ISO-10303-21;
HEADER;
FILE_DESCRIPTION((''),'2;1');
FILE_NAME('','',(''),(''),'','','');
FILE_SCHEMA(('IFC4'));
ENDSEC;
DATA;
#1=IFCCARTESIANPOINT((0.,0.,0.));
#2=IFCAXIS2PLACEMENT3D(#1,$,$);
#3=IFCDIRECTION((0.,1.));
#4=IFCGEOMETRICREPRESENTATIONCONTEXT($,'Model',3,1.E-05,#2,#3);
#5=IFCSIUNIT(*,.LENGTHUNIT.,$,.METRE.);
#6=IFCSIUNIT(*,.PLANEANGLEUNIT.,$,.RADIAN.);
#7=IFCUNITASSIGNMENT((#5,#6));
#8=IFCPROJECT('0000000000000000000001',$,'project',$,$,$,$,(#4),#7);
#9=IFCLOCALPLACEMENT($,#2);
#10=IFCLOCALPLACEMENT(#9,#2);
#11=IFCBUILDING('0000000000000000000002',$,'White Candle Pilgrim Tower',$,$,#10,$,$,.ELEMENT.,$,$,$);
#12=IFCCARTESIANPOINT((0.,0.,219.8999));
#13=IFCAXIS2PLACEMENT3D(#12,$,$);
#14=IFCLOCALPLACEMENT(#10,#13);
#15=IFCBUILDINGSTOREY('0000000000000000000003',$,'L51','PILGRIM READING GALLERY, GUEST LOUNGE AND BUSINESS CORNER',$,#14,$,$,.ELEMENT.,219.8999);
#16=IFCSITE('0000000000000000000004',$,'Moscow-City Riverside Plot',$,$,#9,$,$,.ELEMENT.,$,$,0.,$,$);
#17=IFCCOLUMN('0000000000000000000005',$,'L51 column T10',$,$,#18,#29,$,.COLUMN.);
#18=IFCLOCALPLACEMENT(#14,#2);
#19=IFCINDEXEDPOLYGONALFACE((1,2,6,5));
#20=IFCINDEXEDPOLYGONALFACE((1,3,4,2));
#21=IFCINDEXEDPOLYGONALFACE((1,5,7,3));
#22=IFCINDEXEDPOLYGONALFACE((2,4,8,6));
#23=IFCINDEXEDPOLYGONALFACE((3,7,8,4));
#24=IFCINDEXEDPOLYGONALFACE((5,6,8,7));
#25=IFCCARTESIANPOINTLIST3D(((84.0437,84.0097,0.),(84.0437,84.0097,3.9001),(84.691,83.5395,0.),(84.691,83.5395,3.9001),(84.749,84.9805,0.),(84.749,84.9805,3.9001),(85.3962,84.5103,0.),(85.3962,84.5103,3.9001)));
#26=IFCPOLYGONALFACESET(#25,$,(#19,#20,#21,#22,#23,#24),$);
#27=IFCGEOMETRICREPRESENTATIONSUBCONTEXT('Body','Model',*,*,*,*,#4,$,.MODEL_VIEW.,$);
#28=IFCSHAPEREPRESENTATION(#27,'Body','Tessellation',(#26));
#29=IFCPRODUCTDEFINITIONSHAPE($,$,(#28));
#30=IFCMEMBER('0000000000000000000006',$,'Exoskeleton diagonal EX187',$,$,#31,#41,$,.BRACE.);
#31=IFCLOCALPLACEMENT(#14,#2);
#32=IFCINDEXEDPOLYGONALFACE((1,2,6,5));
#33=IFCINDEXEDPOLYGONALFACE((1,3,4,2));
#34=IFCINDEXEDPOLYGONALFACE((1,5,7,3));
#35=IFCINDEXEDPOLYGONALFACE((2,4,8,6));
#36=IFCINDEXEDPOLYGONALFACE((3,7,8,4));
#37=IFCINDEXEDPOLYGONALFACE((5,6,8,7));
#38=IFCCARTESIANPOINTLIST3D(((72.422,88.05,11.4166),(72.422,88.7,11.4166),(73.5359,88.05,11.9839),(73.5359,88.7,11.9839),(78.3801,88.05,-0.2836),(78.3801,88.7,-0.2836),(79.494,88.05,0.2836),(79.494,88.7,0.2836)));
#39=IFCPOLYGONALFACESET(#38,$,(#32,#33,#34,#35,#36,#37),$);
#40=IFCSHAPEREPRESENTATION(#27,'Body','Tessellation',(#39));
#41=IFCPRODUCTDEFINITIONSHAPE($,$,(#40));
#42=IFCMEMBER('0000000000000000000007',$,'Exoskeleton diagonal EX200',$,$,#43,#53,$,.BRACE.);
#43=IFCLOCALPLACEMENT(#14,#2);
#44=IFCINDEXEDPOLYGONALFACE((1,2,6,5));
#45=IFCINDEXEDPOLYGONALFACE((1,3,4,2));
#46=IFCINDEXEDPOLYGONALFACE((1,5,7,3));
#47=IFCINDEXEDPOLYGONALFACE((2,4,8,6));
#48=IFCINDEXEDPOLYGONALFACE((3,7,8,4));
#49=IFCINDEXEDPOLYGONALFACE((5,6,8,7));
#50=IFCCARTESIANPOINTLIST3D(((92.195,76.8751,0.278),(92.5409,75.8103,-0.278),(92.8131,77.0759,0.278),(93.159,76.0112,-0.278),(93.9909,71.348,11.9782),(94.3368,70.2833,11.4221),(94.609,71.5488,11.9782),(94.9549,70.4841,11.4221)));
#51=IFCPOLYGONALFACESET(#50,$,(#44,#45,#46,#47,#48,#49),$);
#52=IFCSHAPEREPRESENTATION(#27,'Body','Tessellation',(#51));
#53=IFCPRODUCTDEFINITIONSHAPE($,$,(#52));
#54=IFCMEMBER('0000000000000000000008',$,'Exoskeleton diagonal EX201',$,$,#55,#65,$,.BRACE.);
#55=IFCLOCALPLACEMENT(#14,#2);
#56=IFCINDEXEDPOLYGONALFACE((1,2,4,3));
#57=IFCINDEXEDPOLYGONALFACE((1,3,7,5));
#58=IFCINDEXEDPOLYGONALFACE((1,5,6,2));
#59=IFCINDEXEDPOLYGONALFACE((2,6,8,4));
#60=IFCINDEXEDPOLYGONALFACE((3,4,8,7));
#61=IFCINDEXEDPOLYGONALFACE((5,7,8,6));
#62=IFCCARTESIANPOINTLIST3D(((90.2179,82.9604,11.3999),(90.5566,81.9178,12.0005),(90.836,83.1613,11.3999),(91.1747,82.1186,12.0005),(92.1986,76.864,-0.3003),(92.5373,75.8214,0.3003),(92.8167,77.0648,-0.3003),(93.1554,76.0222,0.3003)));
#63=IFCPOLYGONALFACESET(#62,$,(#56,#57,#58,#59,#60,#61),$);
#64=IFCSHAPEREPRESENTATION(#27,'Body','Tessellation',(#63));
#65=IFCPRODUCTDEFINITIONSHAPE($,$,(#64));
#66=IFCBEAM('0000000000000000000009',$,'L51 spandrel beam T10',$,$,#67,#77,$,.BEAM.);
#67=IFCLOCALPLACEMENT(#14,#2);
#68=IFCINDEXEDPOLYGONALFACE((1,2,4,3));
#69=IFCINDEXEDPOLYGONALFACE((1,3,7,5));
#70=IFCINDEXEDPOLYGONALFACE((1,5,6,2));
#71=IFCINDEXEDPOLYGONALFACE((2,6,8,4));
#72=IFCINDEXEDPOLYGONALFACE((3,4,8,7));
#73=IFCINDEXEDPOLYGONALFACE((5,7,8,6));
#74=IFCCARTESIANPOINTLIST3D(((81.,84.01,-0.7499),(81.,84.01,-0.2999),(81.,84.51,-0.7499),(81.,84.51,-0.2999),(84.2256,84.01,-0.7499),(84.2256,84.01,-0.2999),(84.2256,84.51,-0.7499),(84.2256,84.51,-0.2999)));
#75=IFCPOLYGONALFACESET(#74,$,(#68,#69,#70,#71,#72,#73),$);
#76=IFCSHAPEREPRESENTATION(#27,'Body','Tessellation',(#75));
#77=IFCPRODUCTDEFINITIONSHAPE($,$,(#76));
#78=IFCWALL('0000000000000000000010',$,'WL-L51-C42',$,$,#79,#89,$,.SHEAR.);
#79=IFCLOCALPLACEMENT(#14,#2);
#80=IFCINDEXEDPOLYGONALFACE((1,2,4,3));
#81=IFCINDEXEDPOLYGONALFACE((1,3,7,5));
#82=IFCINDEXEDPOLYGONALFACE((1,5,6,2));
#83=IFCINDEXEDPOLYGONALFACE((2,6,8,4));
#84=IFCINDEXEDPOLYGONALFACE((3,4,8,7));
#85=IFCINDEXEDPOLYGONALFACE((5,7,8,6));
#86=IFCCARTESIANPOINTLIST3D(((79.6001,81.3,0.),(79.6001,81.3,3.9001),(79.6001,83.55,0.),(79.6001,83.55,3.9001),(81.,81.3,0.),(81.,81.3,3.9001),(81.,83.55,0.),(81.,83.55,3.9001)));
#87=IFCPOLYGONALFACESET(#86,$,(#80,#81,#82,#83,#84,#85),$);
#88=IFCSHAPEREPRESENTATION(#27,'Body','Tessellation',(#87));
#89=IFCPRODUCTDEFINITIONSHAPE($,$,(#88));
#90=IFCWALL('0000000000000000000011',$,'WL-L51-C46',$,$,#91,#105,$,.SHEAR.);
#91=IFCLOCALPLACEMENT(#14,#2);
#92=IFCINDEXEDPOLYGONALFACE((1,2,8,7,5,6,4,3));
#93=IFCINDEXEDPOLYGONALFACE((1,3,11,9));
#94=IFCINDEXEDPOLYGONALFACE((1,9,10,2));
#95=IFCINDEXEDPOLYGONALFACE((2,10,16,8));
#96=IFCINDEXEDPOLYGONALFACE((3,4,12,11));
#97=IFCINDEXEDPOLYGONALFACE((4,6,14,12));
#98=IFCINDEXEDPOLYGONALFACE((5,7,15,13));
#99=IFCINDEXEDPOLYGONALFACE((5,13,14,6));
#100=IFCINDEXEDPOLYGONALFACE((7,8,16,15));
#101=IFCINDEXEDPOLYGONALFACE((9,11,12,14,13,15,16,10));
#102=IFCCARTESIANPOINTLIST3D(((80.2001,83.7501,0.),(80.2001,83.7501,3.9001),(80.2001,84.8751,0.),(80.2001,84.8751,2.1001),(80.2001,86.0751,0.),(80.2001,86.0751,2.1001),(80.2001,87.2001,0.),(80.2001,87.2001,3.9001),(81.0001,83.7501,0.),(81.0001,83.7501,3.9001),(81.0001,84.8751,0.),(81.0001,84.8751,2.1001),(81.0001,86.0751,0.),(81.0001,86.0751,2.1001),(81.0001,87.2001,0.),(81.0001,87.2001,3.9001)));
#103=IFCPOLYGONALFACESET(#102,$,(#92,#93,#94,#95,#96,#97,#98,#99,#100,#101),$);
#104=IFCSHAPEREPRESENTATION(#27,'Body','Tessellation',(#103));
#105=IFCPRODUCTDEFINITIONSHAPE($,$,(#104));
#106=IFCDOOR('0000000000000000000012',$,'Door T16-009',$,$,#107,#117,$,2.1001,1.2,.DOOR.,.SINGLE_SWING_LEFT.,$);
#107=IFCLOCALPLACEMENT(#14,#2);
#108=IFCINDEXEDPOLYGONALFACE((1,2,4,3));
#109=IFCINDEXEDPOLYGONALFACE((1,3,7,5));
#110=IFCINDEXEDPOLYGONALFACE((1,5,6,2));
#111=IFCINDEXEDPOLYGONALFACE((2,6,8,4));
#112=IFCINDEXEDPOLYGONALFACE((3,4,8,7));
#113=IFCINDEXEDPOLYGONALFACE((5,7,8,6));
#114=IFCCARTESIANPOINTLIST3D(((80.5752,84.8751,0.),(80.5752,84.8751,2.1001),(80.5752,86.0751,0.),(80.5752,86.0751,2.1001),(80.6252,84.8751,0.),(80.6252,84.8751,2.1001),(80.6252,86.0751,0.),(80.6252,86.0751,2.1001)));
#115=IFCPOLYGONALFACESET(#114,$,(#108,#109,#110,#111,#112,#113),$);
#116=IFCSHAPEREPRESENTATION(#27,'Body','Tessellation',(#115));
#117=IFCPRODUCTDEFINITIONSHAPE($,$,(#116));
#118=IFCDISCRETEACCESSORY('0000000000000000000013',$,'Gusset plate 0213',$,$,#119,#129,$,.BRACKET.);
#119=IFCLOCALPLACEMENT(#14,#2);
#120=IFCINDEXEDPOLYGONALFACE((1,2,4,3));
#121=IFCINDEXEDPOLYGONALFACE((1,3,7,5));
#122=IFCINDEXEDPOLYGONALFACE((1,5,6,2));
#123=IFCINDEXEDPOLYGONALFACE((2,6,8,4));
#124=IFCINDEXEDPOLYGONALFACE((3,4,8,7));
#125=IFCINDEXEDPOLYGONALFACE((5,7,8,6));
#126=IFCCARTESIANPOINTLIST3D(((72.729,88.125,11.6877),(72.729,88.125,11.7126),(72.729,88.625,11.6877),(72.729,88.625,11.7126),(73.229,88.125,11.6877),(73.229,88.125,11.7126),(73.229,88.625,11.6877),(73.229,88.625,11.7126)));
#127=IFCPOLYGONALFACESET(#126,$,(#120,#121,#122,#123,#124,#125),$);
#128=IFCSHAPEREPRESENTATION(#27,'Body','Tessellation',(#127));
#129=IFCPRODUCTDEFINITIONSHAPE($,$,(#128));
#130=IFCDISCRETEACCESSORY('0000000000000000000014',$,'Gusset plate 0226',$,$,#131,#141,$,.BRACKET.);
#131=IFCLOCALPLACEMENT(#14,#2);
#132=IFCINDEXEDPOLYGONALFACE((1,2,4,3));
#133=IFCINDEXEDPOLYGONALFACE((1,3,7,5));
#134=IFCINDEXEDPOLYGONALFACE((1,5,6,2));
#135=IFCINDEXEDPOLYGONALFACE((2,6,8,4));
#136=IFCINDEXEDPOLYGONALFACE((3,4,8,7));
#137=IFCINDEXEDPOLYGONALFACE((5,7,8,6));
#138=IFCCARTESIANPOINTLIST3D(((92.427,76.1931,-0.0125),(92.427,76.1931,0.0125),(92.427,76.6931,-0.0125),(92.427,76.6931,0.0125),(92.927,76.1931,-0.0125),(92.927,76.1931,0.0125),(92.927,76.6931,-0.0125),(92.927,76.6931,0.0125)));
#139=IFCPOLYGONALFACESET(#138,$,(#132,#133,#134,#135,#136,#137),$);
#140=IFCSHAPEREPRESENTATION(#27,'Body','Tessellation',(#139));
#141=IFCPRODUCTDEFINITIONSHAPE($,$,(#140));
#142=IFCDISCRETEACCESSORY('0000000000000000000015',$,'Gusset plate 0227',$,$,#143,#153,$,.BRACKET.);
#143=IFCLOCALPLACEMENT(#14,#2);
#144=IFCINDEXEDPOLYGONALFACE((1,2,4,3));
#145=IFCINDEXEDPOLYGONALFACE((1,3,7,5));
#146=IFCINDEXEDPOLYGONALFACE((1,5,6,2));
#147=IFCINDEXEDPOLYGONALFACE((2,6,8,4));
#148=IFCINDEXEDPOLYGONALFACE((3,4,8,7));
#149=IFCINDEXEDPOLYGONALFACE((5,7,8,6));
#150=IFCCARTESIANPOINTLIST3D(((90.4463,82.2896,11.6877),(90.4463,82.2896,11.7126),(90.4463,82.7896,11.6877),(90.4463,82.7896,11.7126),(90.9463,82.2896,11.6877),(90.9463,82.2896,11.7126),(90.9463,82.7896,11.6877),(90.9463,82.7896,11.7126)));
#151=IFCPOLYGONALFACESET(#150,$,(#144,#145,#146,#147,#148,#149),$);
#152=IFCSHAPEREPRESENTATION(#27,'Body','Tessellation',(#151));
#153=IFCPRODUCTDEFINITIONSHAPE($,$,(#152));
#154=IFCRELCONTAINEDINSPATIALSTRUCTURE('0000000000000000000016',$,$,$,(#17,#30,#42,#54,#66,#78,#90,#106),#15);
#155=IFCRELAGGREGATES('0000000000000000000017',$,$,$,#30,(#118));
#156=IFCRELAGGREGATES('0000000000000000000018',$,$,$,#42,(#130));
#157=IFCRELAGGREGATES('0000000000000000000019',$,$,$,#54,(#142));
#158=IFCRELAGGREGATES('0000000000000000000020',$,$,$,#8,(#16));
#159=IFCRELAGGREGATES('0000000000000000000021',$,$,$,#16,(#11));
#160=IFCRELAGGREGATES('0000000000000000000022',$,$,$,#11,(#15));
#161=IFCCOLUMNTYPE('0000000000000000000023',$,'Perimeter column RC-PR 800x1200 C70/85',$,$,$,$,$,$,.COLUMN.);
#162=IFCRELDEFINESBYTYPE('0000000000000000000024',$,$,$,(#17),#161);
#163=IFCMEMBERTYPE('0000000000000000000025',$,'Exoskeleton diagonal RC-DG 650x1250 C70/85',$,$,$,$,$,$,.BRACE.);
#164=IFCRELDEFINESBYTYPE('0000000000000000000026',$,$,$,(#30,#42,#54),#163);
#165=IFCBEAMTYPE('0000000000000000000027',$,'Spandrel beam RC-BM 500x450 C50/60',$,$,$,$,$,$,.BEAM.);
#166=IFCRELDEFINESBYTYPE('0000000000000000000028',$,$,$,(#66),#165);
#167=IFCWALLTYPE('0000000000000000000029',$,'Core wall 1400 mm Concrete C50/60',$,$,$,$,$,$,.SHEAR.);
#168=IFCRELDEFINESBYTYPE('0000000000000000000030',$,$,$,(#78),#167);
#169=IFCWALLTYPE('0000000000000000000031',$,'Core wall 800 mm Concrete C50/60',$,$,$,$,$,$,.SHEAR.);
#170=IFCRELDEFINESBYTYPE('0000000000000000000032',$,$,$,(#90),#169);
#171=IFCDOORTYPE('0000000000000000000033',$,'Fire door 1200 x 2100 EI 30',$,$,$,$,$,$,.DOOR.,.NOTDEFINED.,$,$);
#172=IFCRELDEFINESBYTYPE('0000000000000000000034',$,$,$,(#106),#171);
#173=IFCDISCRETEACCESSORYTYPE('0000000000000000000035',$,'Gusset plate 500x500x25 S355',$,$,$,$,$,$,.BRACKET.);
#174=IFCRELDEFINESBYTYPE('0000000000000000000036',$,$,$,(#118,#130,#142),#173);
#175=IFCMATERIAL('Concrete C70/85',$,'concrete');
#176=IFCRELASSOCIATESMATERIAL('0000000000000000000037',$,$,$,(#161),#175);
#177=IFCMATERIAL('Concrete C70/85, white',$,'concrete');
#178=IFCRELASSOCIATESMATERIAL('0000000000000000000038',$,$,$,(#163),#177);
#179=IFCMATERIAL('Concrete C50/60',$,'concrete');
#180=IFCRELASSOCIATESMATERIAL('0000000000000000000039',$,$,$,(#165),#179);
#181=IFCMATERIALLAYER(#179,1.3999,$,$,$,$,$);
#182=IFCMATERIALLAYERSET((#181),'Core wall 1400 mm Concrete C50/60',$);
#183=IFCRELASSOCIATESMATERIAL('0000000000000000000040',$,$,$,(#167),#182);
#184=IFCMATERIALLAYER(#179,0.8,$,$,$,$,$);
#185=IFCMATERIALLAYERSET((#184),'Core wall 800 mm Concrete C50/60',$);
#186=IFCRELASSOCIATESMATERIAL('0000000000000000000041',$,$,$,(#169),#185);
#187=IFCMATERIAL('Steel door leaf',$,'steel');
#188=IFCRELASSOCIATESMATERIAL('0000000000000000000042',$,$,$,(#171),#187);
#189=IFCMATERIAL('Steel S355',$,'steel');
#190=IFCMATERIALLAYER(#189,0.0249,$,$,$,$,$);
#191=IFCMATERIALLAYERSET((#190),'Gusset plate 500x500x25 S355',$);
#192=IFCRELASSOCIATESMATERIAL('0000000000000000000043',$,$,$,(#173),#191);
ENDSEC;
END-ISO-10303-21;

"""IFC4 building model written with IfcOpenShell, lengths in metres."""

from ifc_helpers import new_model, si_unit, direction, frame, frame_2d, origin, origin_2d, place, context, subcontext, project, spatial, rectangle, extrude, material, layer, layer_set, material_profile, profile_set, type_object, element, fill, aggregate, save


model = new_model("IFC4")

# Units and contexts
model_context = context("Model", 3, precision=1e-05, world=origin(), true_north=direction((0.0, 1.0)))
body_context = subcontext(model_context, "Body", "Model", "MODEL_VIEW")
ifc_project = project(units=[si_unit("LENGTHUNIT", "METRE"), si_unit("PLANEANGLEUNIT", "RADIAN")], contexts=[model_context])

# Site, building, storey
site_placement = place(None, origin())
site = spatial("IfcSite", under=ifc_project, at=site_placement, Name="Moscow-City Riverside Plot", CompositionType="ELEMENT", RefElevation=0.0)
building_placement = place(site_placement, origin())
building = spatial("IfcBuilding", under=site, at=building_placement, Name="White Candle Pilgrim Tower", CompositionType="ELEMENT")
storey_placement = place(building_placement, frame((0.0, 0.0, 219.8999)))
storey = spatial("IfcBuildingStorey", under=building, at=storey_placement, Name="L51", Description="PILGRIM READING GALLERY, GUEST LOUNGE AND BUSINESS CORNER", CompositionType="ELEMENT", Elevation=219.8999)

# Column
ifc_material_1 = material(Name="Concrete C70/85", Category="concrete")
ifc_material_profile_1 = material_profile(ifc_material_1, rectangle(XDim=0.8, YDim=1.2, at=origin_2d()), Name="RC-PR 800x1200")
ifc_profile_set_1 = profile_set([ifc_material_profile_1], Name="Concrete C70/85")
column_type = type_object("IfcColumnType", Name="Perimeter column RC-PR 800x1200 C70/85", PredefinedType="COLUMN", material=ifc_profile_set_1)
column_placement = place(storey_placement, frame((84.72, 84.26, 0.0), z_axis=(0.0, 0.0, 1.0), x_axis=(0.809027, -0.587771, 0.0)))
element("IfcColumn", 1, at=column_placement, inside=storey, type_object=column_type, Name="L51 column T10", PredefinedType="COLUMN", context=body_context, shape_type="SweptSolid", body=[
    extrude(rectangle(XDim=0.8, YDim=1.2, at=origin_2d()), origin(), (0.0, 0.0, 1.0), 3.9001),
])

# Members
ifc_material_2 = material(Name="Concrete C70/85, white", Category="concrete")
ifc_material_profile_2 = material_profile(ifc_material_2, rectangle(XDim=0.6499, YDim=1.25, at=origin_2d()), Name="RC-DG 650x1250")
ifc_profile_set_2 = profile_set([ifc_material_profile_2], Name="Concrete C70/85, white")
member_type = type_object("IfcMemberType", Name="Exoskeleton diagonal RC-DG 650x1250 C70/85", PredefinedType="BRACE", material=ifc_profile_set_2)
member_1_placement = place(storey_placement, frame((78.937, 88.375, 0.0), z_axis=(-0.453776, 0.0, 0.891116), x_axis=(0.0, -1.0, 0.0)))
member_1 = element("IfcMember", 2, at=member_1_placement, inside=storey, type_object=member_type, Name="Exoskeleton diagonal EX187", PredefinedType="BRACE", context=body_context, shape_type="SweptSolid", body=[
    extrude(rectangle(XDim=0.6499, YDim=1.25, at=origin_2d()), origin(), (0.0, 0.0, 1.0), 13.1299),
])
member_2_placement = place(storey_placement, frame((92.677, 76.4431, 0.0), z_axis=(0.137469, -0.423078, 0.895604), x_axis=(0.951055, 0.309022, 0.0)))
member_2 = element("IfcMember", 3, at=member_2_placement, inside=storey, type_object=member_type, Name="Exoskeleton diagonal EX200", PredefinedType="BRACE", context=body_context, shape_type="SweptSolid", body=[
    extrude(rectangle(XDim=0.6499, YDim=1.25, at=origin_2d()), origin(), (0.0, 0.0, 1.0), 13.064),
])
member_3_placement = place(storey_placement, frame((92.677, 76.4431, 0.0), z_axis=(-0.148467, 0.456967, 0.877005), x_axis=(-0.951063, -0.308997, 0.0)))
member_3 = element("IfcMember", 4, at=member_3_placement, inside=storey, type_object=member_type, Name="Exoskeleton diagonal EX201", PredefinedType="BRACE", context=body_context, shape_type="SweptSolid", body=[
    extrude(rectangle(XDim=0.6499, YDim=1.25, at=origin_2d()), origin(), (0.0, 0.0, 1.0), 13.3411),
])

# Beam
ifc_material_3 = material(Name="Concrete C50/60", Category="concrete")
ifc_material_profile_3 = material_profile(ifc_material_3, rectangle(XDim=0.5, YDim=0.45, at=origin_2d()), Name="RC-BM 500x450")
ifc_profile_set_3 = profile_set([ifc_material_profile_3], Name="Concrete C50/60")
beam_type = type_object("IfcBeamType", Name="Spandrel beam RC-BM 500x450 C50/60", PredefinedType="BEAM", material=ifc_profile_set_3)
beam_placement = place(storey_placement, frame((84.2256, 84.26, -0.5249), z_axis=(-1.0, 0.0, 0.0), x_axis=(0.0, -1.0, 0.0)))
element("IfcBeam", 5, at=beam_placement, inside=storey, type_object=beam_type, Name="L51 spandrel beam T10", PredefinedType="BEAM", context=body_context, shape_type="SweptSolid", body=[
    extrude(rectangle(XDim=0.5, YDim=0.45, at=origin_2d()), origin(), (0.0, 0.0, 1.0), 3.2256),
])

# Wall
ifc_layer_1 = layer(ifc_material_3, 1.3999)
ifc_layer_set_1 = layer_set([ifc_layer_1], Name="Core wall 1400 mm Concrete C50/60")
wall_type_1 = type_object("IfcWallType", Name="Core wall 1400 mm Concrete C50/60", PredefinedType="SHEAR", material=ifc_layer_set_1)
wall_1_placement = place(storey_placement, frame((80.3, 81.3, 0.0), z_axis=(0.0, 0.0, 1.0), x_axis=(0.0, 1.0, 0.0)))
element("IfcWall", 6, at=wall_1_placement, inside=storey, type_object=wall_type_1, Name="WL-L51-C42", PredefinedType="SHEAR", context=body_context, shape_type="SweptSolid", body=[
    extrude(rectangle(XDim=2.25, YDim=1.3999, at=frame_2d((1.125, 0.0))), origin(), (0.0, 0.0, 1.0), 3.9001),
])

# Wall, opening, door
ifc_layer_2 = layer(ifc_material_3, 0.8)
ifc_layer_set_2 = layer_set([ifc_layer_2], Name="Core wall 800 mm Concrete C50/60")
wall_type_2 = type_object("IfcWallType", Name="Core wall 800 mm Concrete C50/60", PredefinedType="SHEAR", material=ifc_layer_set_2)
wall_2_placement = place(storey_placement, frame((80.6001, 83.75, 0.0), z_axis=(0.0, 0.0, 1.0), x_axis=(0.0, 1.0, 0.0)))
wall_2 = element("IfcWall", 7, at=wall_2_placement, inside=storey, type_object=wall_type_2, Name="WL-L51-C46", PredefinedType="SHEAR", context=body_context, shape_type="SweptSolid", body=[
    extrude(rectangle(XDim=3.45, YDim=0.8, at=frame_2d((1.7251, 0.0))), origin(), (0.0, 0.0, 1.0), 3.9001),
])
opening_1_placement = place(wall_2_placement, frame((1.125, 0.0, 0.0)))
opening_1 = element("IfcOpeningElement", 8, at=opening_1_placement, cuts=wall_2, PredefinedType="OPENING", context=body_context, shape_type="SweptSolid", body=[
    extrude(rectangle(XDim=1.2, YDim=2.1001, at=frame_2d((0.6001, 1.05))), frame((0.0, 0.4099, 0.0), z_axis=(0.0, -1.0, 0.0), x_axis=(1.0, 0.0, 0.0)), (0.0, 0.0, 1.0), 0.8201),
])
ifc_material_4 = material(Name="Steel door leaf", Category="steel")
door_type_1 = type_object("IfcDoorType", Name="Fire door 1200 x 2100 EI 30", OperationType="NOTDEFINED", PredefinedType="DOOR", material=ifc_material_4)
door_1_placement = place(opening_1_placement, origin())
door_1 = element("IfcDoor", 9, at=door_1_placement, inside=storey, type_object=door_type_1, Name="Door T16-009", OperationType="SINGLE_SWING_LEFT", OverallHeight=2.1001, OverallWidth=1.2, PredefinedType="DOOR", context=body_context, shape_type="SweptSolid", body=[
    extrude(rectangle(XDim=1.2, YDim=2.1001, at=frame_2d((0.6001, 1.05))), frame((0.0, 0.0249, 0.0), z_axis=(0.0, -1.0, 0.0), x_axis=(1.0, 0.0, 0.0)), (0.0, 0.0, 1.0), 0.05),
])
fill(opening_1, door_1)

# Discrete accessories
ifc_material_5 = material(Name="Steel S355", Category="steel")
ifc_layer_3 = layer(ifc_material_5, 0.0249)
ifc_layer_set_3 = layer_set([ifc_layer_3], Name="Gusset plate 500x500x25 S355")
discrete_accessory_type = type_object("IfcDiscreteAccessoryType", Name="Gusset plate 500x500x25 S355", PredefinedType="BRACKET", material=ifc_layer_set_3)
placement = place(building_placement, frame((0.0, 0.0, 231.6001)))
discrete_accessory_1_placement = place(placement, frame((72.979, 88.375, -0.0125), z_axis=(0.0, 0.0, 1.0), x_axis=(1.0, 0.0, 0.0)))
discrete_accessory_1 = element("IfcDiscreteAccessory", 10, at=discrete_accessory_1_placement, type_object=discrete_accessory_type, Name="Gusset plate 0213", PredefinedType="BRACKET", context=body_context, shape_type="SweptSolid", body=[
    extrude(rectangle(XDim=0.5, YDim=0.5, at=origin_2d()), origin(), (0.0, 0.0, 1.0), 0.0249),
])
aggregate(member_1, [discrete_accessory_1])
discrete_accessory_2_placement = place(storey_placement, frame((92.677, 76.4431, -0.0125), z_axis=(0.0, 0.0, 1.0), x_axis=(1.0, 0.0, 0.0)))
discrete_accessory_2 = element("IfcDiscreteAccessory", 11, at=discrete_accessory_2_placement, type_object=discrete_accessory_type, Name="Gusset plate 0226", PredefinedType="BRACKET", context=body_context, shape_type="SweptSolid", body=[
    extrude(rectangle(XDim=0.5, YDim=0.5, at=origin_2d()), origin(), (0.0, 0.0, 1.0), 0.0249),
])
aggregate(member_2, [discrete_accessory_2])
discrete_accessory_3_placement = place(placement, frame((90.6963, 82.5396, -0.0125), z_axis=(0.0, 0.0, 1.0), x_axis=(1.0, 0.0, 0.0)))
discrete_accessory_3 = element("IfcDiscreteAccessory", 12, at=discrete_accessory_3_placement, type_object=discrete_accessory_type, Name="Gusset plate 0227", PredefinedType="BRACKET", context=body_context, shape_type="SweptSolid", body=[
    extrude(rectangle(XDim=0.5, YDim=0.5, at=origin_2d()), origin(), (0.0, 0.0, 1.0), 0.0249),
])
aggregate(member_3, [discrete_accessory_3])

save(model, "model.ifc")
